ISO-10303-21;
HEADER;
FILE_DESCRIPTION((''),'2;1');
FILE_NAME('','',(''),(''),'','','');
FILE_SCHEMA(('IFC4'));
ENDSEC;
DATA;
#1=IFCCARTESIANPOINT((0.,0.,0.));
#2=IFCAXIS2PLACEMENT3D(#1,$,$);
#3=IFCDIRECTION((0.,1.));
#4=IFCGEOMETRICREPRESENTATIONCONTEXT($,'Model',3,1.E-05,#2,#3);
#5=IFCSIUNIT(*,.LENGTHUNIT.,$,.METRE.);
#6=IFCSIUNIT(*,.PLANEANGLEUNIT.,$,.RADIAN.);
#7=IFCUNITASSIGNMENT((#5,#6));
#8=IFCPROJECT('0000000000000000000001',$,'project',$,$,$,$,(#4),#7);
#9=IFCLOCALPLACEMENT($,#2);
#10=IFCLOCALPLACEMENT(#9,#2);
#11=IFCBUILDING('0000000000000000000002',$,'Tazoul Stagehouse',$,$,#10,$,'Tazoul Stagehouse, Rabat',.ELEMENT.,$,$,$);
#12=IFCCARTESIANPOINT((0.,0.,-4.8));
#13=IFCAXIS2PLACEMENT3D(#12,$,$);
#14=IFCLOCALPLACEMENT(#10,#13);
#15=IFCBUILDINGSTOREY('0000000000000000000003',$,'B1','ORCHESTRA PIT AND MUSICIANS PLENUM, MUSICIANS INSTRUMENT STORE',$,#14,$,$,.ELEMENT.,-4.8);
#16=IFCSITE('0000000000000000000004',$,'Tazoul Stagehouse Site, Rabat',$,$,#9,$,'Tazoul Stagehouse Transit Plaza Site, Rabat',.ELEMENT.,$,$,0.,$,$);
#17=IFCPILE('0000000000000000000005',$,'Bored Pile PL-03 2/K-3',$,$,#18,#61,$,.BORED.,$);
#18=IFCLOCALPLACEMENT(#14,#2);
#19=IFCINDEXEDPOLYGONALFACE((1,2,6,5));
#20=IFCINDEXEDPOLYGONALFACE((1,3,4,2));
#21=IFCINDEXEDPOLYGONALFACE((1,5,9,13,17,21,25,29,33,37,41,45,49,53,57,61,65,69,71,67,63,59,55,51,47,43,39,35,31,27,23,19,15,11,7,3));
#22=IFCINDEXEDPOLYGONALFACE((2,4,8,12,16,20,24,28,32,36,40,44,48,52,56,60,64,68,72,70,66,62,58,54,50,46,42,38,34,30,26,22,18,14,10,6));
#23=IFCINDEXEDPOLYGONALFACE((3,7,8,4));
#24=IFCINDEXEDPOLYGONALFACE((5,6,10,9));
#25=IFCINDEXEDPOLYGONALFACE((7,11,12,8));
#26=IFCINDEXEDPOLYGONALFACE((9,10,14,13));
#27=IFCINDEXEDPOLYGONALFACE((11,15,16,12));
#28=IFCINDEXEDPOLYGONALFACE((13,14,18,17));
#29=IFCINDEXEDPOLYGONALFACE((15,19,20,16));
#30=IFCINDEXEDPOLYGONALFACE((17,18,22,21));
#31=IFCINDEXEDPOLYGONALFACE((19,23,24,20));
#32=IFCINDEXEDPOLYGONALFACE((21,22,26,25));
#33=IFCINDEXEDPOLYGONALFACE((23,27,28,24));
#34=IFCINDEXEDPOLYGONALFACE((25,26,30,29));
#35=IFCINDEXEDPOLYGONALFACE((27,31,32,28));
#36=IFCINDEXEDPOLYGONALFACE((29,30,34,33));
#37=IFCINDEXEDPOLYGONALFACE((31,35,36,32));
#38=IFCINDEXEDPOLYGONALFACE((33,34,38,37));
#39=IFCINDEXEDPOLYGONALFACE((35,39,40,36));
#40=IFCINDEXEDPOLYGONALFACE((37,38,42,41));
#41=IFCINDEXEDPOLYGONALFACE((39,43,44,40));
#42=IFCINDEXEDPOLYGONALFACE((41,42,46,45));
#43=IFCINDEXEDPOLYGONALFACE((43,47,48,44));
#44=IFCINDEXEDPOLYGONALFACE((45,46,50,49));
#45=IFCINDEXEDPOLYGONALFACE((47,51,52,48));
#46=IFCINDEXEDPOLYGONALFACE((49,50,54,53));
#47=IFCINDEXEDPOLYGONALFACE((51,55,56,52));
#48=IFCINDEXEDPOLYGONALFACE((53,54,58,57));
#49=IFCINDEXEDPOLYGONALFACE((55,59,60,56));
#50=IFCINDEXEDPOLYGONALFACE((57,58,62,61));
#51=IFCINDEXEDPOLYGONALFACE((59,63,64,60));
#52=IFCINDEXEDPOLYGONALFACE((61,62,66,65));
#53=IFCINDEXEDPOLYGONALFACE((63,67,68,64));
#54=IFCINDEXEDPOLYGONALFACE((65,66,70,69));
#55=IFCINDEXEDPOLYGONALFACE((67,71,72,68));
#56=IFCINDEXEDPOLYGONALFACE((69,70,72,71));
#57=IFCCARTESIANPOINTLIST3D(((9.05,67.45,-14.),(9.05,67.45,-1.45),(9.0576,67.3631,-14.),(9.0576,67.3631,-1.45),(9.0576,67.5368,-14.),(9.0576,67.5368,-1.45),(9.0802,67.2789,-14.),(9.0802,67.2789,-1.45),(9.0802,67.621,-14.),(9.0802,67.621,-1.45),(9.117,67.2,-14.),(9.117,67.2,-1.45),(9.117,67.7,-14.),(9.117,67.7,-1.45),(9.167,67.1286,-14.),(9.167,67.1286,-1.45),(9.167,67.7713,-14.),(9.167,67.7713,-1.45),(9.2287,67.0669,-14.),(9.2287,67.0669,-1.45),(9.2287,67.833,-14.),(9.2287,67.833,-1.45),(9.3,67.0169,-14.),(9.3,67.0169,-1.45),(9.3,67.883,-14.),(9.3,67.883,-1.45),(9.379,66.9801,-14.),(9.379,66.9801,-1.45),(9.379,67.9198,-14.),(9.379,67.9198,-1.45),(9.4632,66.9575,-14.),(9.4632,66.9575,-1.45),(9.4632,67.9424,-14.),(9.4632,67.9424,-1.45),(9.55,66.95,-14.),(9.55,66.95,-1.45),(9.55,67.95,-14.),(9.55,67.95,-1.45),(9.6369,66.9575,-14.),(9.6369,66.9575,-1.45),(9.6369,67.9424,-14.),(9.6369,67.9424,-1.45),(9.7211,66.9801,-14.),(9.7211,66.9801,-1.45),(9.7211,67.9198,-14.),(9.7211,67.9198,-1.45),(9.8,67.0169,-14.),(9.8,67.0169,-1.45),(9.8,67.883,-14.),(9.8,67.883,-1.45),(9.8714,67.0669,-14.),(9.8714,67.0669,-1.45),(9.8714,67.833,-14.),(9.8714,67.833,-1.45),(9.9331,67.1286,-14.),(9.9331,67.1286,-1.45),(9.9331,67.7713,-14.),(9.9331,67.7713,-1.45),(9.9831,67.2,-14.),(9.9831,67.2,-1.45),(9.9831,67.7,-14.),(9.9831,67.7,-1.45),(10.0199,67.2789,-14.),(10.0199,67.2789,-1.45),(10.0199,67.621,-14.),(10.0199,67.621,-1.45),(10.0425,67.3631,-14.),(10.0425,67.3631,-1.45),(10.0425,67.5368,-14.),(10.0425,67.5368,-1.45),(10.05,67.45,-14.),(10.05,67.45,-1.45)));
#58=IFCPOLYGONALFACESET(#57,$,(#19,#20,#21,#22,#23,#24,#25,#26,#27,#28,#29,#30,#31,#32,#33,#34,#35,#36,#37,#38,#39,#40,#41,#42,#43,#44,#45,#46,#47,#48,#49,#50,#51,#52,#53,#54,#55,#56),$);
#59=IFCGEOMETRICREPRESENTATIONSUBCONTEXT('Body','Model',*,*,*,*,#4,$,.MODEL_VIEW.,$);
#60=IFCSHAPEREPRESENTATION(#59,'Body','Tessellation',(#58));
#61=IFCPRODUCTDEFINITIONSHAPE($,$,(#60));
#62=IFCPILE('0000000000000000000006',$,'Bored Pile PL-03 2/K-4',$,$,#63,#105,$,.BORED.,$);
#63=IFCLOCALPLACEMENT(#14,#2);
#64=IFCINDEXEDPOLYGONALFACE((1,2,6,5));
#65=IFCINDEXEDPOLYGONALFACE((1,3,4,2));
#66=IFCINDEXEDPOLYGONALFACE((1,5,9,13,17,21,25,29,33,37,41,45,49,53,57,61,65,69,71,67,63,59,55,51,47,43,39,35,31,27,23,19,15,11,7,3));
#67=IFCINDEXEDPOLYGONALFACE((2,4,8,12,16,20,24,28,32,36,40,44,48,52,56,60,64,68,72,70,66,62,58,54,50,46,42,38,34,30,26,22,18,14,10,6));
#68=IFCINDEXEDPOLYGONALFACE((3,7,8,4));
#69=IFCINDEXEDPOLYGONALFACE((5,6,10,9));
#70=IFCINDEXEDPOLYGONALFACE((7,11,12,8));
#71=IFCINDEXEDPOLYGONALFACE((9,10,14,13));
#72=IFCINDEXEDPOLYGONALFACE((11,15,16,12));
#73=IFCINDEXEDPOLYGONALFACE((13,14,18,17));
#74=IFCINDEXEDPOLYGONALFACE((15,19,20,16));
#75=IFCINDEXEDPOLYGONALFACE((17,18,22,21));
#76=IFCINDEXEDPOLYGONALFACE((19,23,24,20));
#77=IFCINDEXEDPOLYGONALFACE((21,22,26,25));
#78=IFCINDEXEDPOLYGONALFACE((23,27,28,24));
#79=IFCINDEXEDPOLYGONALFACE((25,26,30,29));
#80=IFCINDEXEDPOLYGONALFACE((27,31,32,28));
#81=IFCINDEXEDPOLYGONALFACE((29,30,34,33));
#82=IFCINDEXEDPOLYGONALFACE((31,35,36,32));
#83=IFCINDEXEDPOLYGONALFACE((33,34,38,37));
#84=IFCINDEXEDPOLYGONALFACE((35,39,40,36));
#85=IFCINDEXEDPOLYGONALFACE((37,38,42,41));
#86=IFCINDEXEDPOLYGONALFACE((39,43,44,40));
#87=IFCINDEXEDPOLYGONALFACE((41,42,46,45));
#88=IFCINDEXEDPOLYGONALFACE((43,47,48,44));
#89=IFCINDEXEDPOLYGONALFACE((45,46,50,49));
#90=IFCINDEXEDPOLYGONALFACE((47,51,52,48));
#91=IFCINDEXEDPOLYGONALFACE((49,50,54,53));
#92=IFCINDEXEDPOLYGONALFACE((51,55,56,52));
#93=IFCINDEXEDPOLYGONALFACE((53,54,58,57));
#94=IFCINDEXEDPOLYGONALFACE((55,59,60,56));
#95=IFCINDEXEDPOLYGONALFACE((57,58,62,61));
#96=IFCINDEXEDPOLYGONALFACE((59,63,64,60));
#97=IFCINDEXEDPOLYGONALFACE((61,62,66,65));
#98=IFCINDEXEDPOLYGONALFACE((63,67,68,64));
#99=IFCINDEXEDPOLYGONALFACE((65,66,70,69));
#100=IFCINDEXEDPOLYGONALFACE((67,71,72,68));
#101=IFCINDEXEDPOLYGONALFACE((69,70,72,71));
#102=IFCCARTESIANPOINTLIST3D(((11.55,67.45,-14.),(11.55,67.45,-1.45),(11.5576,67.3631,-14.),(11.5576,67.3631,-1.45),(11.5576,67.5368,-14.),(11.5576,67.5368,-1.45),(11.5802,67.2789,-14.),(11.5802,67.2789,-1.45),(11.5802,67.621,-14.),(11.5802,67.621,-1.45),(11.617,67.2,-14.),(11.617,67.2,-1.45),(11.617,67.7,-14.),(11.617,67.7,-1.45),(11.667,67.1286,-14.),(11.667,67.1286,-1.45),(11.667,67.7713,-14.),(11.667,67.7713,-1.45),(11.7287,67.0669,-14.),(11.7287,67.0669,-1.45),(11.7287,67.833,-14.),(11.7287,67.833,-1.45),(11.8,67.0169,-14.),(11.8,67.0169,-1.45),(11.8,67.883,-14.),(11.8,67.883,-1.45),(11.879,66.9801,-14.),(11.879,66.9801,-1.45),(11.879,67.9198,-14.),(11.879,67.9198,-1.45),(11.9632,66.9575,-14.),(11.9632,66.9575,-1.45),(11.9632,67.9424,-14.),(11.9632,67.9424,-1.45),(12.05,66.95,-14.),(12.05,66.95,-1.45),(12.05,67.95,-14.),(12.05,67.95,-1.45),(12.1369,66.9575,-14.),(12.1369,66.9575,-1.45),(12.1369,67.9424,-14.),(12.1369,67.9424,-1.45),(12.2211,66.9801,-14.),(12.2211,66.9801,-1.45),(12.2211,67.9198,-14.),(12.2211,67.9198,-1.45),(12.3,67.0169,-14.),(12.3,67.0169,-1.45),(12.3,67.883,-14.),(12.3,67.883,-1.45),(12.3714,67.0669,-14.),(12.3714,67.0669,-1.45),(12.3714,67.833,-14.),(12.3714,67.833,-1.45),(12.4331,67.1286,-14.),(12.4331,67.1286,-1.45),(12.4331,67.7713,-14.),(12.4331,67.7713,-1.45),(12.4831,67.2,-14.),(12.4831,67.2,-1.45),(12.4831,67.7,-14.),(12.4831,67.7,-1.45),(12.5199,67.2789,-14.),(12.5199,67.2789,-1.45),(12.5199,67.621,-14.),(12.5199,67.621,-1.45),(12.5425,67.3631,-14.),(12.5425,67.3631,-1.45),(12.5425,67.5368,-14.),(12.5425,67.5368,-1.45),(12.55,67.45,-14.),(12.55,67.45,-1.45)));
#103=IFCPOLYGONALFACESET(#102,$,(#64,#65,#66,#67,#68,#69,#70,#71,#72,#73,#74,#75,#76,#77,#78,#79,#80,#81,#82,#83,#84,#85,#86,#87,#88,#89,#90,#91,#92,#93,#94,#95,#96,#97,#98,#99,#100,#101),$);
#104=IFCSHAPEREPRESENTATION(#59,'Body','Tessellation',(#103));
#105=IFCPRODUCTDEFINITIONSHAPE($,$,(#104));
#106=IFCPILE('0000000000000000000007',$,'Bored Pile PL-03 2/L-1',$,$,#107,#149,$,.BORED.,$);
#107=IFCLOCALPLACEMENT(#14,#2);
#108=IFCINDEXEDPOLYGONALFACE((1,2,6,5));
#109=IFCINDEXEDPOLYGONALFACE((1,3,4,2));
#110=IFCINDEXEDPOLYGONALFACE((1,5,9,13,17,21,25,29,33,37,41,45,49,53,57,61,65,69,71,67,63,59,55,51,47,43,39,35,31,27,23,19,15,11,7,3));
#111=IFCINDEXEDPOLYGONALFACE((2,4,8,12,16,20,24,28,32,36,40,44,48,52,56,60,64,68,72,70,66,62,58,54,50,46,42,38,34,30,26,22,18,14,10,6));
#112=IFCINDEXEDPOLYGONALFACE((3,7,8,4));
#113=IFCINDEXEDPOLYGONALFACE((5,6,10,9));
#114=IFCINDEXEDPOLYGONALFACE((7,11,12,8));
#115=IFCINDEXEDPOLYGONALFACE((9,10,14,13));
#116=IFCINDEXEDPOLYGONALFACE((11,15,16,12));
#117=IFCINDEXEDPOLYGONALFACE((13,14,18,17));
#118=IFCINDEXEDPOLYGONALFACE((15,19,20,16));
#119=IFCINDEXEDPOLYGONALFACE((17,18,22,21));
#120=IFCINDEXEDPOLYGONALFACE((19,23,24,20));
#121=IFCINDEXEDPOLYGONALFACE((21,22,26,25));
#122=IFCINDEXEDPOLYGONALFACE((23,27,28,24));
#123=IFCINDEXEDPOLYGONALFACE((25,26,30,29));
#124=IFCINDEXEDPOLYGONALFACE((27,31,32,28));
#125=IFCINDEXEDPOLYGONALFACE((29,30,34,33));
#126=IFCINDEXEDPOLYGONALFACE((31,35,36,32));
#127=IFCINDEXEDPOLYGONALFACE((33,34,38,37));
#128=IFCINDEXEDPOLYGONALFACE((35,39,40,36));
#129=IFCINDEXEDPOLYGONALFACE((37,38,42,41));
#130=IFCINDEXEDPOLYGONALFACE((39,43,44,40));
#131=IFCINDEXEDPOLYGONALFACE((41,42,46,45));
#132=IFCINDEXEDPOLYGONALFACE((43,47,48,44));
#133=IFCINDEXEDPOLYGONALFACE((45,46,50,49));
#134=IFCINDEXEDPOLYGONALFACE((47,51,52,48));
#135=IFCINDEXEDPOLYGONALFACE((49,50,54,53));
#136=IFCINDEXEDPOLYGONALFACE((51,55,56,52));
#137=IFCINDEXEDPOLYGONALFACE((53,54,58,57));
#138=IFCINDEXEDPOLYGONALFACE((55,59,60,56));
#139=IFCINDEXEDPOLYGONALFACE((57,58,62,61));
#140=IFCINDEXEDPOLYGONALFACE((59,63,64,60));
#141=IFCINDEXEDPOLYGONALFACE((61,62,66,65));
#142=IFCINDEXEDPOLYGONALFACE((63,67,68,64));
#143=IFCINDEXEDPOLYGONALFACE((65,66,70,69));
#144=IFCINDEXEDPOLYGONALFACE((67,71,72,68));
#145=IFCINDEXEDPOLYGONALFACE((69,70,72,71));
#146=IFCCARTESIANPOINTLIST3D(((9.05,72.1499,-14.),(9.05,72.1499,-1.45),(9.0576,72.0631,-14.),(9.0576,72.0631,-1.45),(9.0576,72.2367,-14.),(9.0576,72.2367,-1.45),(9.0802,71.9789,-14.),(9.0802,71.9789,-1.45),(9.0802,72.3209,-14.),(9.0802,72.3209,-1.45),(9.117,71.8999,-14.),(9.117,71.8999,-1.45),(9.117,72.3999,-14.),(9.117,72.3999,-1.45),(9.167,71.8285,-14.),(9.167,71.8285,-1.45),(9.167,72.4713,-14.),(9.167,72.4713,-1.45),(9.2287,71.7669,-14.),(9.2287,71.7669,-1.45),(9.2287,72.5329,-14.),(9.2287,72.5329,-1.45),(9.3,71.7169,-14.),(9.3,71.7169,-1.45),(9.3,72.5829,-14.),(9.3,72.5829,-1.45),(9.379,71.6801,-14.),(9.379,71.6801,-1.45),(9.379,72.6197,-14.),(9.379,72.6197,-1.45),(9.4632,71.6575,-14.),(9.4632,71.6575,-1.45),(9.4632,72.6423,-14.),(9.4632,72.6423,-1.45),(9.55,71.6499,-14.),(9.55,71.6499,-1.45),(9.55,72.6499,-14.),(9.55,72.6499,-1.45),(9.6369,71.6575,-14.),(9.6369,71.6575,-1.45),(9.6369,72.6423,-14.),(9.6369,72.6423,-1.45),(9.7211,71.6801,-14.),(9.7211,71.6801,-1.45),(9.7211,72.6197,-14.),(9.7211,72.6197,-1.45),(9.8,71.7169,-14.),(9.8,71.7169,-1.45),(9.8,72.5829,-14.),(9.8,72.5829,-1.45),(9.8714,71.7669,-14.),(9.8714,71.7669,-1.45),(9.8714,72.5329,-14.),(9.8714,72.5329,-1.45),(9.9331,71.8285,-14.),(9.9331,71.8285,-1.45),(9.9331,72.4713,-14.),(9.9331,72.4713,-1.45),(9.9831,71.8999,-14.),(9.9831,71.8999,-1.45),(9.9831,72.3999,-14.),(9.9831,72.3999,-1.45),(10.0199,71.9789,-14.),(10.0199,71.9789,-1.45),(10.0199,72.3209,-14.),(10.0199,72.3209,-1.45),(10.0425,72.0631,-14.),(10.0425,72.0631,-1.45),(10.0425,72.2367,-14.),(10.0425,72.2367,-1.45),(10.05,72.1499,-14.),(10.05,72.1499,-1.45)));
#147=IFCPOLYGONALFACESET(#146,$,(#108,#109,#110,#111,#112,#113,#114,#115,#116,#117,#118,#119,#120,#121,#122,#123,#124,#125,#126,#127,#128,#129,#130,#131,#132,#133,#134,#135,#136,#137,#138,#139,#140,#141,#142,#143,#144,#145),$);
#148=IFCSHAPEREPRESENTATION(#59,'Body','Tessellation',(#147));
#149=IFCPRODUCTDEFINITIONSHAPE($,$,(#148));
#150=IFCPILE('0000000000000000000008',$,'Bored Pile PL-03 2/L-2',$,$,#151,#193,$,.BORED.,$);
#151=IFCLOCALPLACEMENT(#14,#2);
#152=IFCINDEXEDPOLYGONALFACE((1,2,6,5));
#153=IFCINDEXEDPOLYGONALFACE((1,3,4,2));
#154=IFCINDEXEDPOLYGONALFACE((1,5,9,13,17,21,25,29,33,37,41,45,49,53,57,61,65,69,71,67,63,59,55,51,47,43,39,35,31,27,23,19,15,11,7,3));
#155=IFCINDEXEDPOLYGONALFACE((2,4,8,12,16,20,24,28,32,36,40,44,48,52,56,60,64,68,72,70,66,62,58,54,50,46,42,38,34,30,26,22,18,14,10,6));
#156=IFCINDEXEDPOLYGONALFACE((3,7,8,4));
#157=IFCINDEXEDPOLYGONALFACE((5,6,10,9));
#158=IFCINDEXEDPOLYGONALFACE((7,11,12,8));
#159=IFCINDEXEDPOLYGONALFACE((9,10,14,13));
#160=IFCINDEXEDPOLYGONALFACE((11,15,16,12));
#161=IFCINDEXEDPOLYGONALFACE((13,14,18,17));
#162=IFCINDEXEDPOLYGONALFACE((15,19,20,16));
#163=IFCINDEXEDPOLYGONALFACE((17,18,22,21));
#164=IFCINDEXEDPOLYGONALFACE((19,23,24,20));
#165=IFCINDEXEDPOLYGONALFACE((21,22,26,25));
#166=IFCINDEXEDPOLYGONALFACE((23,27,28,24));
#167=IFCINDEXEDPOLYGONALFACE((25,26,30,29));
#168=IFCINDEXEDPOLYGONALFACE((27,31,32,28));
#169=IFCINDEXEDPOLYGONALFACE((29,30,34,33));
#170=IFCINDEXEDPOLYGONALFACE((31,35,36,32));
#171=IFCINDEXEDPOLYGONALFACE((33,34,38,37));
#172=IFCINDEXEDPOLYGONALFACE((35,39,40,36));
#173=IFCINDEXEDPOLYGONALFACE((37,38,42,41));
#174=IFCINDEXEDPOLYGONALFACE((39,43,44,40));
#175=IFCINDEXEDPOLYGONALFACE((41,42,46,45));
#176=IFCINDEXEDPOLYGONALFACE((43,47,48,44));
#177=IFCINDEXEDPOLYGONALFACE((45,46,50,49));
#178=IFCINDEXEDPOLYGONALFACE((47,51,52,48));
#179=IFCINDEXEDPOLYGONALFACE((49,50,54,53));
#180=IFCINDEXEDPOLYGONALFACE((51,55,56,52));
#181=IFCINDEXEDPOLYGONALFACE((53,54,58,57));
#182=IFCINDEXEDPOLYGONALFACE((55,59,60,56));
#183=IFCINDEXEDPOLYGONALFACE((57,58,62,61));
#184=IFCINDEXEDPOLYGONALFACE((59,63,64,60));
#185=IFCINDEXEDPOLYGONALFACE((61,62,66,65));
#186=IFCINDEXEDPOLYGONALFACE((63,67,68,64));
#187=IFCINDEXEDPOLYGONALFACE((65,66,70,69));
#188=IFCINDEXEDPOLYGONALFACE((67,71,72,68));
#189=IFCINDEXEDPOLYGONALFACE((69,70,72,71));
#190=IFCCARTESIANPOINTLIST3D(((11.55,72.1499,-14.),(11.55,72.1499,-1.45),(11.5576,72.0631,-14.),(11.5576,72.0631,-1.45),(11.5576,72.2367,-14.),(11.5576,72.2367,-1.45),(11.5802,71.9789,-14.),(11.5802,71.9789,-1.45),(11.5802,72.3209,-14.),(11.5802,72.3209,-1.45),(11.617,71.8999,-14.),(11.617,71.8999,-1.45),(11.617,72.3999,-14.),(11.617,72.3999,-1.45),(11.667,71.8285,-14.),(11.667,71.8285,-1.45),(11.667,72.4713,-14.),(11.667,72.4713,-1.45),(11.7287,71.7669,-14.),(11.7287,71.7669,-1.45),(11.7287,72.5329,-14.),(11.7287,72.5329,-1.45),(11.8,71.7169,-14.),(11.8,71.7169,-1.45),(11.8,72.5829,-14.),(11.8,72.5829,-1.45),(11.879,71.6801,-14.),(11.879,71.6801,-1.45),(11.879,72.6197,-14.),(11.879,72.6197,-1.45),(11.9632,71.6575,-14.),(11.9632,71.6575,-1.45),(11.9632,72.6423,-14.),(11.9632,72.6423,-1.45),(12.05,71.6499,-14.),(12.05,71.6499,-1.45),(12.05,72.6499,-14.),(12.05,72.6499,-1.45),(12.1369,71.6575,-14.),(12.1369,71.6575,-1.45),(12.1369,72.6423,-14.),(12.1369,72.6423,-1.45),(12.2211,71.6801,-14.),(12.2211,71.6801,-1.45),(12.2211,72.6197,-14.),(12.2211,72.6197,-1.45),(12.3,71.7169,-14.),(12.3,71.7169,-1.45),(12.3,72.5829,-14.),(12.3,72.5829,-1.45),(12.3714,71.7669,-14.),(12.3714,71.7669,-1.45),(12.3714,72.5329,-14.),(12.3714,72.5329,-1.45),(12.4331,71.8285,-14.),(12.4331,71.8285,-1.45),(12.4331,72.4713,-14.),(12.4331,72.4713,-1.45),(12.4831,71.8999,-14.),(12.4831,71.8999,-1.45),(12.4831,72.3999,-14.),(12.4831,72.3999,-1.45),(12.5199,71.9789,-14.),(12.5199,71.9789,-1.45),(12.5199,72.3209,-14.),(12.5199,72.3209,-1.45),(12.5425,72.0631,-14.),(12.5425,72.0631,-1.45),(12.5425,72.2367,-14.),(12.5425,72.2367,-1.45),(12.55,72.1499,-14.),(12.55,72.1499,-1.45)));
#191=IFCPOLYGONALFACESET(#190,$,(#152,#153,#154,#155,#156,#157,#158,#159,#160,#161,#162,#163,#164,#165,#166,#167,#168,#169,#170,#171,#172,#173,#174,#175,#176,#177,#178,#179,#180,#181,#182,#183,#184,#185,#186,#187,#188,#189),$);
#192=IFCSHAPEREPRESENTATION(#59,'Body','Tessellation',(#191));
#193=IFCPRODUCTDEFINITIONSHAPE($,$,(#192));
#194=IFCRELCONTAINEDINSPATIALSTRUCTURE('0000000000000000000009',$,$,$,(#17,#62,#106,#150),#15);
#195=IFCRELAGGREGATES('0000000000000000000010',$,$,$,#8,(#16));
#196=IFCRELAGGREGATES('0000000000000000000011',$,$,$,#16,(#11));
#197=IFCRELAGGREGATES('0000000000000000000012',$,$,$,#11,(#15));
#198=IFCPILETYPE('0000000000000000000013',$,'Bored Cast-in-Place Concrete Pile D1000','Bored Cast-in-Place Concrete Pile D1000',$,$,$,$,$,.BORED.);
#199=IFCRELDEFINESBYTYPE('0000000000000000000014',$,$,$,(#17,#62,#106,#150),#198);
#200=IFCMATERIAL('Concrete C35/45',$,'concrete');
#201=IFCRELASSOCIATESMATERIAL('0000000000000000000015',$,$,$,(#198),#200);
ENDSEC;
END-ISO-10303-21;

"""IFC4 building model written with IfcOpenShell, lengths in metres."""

from ifc_helpers import new_model, si_unit, direction, frame, origin, origin_2d, place, context, subcontext, project, spatial, circle, extrude, material, material_profile, profile_set, type_object, element, save


model = new_model("IFC4")

# Units and contexts
model_context = context("Model", 3, precision=1e-05, world=origin(), true_north=direction((0.0, 1.0)))
body_context = subcontext(model_context, "Body", "Model", "MODEL_VIEW")
ifc_project = project(units=[si_unit("LENGTHUNIT", "METRE"), si_unit("PLANEANGLEUNIT", "RADIAN")], contexts=[model_context])

# Site, building, storey
site_placement = place(None, origin())
site = spatial("IfcSite", under=ifc_project, at=site_placement, Name="Tazoul Stagehouse Site, Rabat", LongName="Tazoul Stagehouse Transit Plaza Site, Rabat", CompositionType="ELEMENT", RefElevation=0.0)
building_placement = place(site_placement, origin())
building = spatial("IfcBuilding", under=site, at=building_placement, Name="Tazoul Stagehouse", LongName="Tazoul Stagehouse, Rabat", CompositionType="ELEMENT")
storey_placement = place(building_placement, frame((0.0, 0.0, -4.8)))
storey = spatial("IfcBuildingStorey", under=building, at=storey_placement, Name="B1", Description="ORCHESTRA PIT AND MUSICIANS PLENUM, MUSICIANS INSTRUMENT STORE", CompositionType="ELEMENT", Elevation=-4.8)

# Piles
ifc_material_1 = material(Name="Concrete C35/45", Category="concrete")
ifc_material_profile_1 = material_profile(ifc_material_1, circle(Radius=0.5, at=origin_2d()), Name="BORED PILE 1000")
ifc_profile_set_1 = profile_set([ifc_material_profile_1], Name="Concrete C35/45")
pile_type_1 = type_object("IfcPileType", Name="Bored Cast-in-Place Concrete Pile D1000", Description="Bored Cast-in-Place Concrete Pile D1000", PredefinedType="BORED", material=ifc_profile_set_1)
for number, where, z_axis, x_axis, name in (
    (1, (9.55, 67.45, -1.45), (0.0, 0.0, -1.0), (1.0, 0.0, 0.0), "Bored Pile PL-03 2/K-3"),
    (2, (12.05, 67.45, -1.45), (0.0, 0.0, -1.0), (1.0, 0.0, 0.0), "Bored Pile PL-03 2/K-4"),
    (3, (9.55, 72.1499, -1.45), (0.0, 0.0, -1.0), (1.0, 0.0, 0.0), "Bored Pile PL-03 2/L-1"),
    (4, (12.05, 72.1499, -1.45), (0.0, 0.0, -1.0), (1.0, 0.0, 0.0), "Bored Pile PL-03 2/L-2"),
):
    element("IfcPile", number, at=place(storey_placement, frame(where, z_axis=z_axis, x_axis=x_axis)), inside=storey, type_object=pile_type_1, Name=name, PredefinedType="BORED", context=body_context, shape_type="SweptSolid", body=[
        extrude(circle(Radius=0.5, at=origin_2d()), origin(), (0.0, 0.0, 1.0), 12.55),
    ])

save(model, "model.ifc")
